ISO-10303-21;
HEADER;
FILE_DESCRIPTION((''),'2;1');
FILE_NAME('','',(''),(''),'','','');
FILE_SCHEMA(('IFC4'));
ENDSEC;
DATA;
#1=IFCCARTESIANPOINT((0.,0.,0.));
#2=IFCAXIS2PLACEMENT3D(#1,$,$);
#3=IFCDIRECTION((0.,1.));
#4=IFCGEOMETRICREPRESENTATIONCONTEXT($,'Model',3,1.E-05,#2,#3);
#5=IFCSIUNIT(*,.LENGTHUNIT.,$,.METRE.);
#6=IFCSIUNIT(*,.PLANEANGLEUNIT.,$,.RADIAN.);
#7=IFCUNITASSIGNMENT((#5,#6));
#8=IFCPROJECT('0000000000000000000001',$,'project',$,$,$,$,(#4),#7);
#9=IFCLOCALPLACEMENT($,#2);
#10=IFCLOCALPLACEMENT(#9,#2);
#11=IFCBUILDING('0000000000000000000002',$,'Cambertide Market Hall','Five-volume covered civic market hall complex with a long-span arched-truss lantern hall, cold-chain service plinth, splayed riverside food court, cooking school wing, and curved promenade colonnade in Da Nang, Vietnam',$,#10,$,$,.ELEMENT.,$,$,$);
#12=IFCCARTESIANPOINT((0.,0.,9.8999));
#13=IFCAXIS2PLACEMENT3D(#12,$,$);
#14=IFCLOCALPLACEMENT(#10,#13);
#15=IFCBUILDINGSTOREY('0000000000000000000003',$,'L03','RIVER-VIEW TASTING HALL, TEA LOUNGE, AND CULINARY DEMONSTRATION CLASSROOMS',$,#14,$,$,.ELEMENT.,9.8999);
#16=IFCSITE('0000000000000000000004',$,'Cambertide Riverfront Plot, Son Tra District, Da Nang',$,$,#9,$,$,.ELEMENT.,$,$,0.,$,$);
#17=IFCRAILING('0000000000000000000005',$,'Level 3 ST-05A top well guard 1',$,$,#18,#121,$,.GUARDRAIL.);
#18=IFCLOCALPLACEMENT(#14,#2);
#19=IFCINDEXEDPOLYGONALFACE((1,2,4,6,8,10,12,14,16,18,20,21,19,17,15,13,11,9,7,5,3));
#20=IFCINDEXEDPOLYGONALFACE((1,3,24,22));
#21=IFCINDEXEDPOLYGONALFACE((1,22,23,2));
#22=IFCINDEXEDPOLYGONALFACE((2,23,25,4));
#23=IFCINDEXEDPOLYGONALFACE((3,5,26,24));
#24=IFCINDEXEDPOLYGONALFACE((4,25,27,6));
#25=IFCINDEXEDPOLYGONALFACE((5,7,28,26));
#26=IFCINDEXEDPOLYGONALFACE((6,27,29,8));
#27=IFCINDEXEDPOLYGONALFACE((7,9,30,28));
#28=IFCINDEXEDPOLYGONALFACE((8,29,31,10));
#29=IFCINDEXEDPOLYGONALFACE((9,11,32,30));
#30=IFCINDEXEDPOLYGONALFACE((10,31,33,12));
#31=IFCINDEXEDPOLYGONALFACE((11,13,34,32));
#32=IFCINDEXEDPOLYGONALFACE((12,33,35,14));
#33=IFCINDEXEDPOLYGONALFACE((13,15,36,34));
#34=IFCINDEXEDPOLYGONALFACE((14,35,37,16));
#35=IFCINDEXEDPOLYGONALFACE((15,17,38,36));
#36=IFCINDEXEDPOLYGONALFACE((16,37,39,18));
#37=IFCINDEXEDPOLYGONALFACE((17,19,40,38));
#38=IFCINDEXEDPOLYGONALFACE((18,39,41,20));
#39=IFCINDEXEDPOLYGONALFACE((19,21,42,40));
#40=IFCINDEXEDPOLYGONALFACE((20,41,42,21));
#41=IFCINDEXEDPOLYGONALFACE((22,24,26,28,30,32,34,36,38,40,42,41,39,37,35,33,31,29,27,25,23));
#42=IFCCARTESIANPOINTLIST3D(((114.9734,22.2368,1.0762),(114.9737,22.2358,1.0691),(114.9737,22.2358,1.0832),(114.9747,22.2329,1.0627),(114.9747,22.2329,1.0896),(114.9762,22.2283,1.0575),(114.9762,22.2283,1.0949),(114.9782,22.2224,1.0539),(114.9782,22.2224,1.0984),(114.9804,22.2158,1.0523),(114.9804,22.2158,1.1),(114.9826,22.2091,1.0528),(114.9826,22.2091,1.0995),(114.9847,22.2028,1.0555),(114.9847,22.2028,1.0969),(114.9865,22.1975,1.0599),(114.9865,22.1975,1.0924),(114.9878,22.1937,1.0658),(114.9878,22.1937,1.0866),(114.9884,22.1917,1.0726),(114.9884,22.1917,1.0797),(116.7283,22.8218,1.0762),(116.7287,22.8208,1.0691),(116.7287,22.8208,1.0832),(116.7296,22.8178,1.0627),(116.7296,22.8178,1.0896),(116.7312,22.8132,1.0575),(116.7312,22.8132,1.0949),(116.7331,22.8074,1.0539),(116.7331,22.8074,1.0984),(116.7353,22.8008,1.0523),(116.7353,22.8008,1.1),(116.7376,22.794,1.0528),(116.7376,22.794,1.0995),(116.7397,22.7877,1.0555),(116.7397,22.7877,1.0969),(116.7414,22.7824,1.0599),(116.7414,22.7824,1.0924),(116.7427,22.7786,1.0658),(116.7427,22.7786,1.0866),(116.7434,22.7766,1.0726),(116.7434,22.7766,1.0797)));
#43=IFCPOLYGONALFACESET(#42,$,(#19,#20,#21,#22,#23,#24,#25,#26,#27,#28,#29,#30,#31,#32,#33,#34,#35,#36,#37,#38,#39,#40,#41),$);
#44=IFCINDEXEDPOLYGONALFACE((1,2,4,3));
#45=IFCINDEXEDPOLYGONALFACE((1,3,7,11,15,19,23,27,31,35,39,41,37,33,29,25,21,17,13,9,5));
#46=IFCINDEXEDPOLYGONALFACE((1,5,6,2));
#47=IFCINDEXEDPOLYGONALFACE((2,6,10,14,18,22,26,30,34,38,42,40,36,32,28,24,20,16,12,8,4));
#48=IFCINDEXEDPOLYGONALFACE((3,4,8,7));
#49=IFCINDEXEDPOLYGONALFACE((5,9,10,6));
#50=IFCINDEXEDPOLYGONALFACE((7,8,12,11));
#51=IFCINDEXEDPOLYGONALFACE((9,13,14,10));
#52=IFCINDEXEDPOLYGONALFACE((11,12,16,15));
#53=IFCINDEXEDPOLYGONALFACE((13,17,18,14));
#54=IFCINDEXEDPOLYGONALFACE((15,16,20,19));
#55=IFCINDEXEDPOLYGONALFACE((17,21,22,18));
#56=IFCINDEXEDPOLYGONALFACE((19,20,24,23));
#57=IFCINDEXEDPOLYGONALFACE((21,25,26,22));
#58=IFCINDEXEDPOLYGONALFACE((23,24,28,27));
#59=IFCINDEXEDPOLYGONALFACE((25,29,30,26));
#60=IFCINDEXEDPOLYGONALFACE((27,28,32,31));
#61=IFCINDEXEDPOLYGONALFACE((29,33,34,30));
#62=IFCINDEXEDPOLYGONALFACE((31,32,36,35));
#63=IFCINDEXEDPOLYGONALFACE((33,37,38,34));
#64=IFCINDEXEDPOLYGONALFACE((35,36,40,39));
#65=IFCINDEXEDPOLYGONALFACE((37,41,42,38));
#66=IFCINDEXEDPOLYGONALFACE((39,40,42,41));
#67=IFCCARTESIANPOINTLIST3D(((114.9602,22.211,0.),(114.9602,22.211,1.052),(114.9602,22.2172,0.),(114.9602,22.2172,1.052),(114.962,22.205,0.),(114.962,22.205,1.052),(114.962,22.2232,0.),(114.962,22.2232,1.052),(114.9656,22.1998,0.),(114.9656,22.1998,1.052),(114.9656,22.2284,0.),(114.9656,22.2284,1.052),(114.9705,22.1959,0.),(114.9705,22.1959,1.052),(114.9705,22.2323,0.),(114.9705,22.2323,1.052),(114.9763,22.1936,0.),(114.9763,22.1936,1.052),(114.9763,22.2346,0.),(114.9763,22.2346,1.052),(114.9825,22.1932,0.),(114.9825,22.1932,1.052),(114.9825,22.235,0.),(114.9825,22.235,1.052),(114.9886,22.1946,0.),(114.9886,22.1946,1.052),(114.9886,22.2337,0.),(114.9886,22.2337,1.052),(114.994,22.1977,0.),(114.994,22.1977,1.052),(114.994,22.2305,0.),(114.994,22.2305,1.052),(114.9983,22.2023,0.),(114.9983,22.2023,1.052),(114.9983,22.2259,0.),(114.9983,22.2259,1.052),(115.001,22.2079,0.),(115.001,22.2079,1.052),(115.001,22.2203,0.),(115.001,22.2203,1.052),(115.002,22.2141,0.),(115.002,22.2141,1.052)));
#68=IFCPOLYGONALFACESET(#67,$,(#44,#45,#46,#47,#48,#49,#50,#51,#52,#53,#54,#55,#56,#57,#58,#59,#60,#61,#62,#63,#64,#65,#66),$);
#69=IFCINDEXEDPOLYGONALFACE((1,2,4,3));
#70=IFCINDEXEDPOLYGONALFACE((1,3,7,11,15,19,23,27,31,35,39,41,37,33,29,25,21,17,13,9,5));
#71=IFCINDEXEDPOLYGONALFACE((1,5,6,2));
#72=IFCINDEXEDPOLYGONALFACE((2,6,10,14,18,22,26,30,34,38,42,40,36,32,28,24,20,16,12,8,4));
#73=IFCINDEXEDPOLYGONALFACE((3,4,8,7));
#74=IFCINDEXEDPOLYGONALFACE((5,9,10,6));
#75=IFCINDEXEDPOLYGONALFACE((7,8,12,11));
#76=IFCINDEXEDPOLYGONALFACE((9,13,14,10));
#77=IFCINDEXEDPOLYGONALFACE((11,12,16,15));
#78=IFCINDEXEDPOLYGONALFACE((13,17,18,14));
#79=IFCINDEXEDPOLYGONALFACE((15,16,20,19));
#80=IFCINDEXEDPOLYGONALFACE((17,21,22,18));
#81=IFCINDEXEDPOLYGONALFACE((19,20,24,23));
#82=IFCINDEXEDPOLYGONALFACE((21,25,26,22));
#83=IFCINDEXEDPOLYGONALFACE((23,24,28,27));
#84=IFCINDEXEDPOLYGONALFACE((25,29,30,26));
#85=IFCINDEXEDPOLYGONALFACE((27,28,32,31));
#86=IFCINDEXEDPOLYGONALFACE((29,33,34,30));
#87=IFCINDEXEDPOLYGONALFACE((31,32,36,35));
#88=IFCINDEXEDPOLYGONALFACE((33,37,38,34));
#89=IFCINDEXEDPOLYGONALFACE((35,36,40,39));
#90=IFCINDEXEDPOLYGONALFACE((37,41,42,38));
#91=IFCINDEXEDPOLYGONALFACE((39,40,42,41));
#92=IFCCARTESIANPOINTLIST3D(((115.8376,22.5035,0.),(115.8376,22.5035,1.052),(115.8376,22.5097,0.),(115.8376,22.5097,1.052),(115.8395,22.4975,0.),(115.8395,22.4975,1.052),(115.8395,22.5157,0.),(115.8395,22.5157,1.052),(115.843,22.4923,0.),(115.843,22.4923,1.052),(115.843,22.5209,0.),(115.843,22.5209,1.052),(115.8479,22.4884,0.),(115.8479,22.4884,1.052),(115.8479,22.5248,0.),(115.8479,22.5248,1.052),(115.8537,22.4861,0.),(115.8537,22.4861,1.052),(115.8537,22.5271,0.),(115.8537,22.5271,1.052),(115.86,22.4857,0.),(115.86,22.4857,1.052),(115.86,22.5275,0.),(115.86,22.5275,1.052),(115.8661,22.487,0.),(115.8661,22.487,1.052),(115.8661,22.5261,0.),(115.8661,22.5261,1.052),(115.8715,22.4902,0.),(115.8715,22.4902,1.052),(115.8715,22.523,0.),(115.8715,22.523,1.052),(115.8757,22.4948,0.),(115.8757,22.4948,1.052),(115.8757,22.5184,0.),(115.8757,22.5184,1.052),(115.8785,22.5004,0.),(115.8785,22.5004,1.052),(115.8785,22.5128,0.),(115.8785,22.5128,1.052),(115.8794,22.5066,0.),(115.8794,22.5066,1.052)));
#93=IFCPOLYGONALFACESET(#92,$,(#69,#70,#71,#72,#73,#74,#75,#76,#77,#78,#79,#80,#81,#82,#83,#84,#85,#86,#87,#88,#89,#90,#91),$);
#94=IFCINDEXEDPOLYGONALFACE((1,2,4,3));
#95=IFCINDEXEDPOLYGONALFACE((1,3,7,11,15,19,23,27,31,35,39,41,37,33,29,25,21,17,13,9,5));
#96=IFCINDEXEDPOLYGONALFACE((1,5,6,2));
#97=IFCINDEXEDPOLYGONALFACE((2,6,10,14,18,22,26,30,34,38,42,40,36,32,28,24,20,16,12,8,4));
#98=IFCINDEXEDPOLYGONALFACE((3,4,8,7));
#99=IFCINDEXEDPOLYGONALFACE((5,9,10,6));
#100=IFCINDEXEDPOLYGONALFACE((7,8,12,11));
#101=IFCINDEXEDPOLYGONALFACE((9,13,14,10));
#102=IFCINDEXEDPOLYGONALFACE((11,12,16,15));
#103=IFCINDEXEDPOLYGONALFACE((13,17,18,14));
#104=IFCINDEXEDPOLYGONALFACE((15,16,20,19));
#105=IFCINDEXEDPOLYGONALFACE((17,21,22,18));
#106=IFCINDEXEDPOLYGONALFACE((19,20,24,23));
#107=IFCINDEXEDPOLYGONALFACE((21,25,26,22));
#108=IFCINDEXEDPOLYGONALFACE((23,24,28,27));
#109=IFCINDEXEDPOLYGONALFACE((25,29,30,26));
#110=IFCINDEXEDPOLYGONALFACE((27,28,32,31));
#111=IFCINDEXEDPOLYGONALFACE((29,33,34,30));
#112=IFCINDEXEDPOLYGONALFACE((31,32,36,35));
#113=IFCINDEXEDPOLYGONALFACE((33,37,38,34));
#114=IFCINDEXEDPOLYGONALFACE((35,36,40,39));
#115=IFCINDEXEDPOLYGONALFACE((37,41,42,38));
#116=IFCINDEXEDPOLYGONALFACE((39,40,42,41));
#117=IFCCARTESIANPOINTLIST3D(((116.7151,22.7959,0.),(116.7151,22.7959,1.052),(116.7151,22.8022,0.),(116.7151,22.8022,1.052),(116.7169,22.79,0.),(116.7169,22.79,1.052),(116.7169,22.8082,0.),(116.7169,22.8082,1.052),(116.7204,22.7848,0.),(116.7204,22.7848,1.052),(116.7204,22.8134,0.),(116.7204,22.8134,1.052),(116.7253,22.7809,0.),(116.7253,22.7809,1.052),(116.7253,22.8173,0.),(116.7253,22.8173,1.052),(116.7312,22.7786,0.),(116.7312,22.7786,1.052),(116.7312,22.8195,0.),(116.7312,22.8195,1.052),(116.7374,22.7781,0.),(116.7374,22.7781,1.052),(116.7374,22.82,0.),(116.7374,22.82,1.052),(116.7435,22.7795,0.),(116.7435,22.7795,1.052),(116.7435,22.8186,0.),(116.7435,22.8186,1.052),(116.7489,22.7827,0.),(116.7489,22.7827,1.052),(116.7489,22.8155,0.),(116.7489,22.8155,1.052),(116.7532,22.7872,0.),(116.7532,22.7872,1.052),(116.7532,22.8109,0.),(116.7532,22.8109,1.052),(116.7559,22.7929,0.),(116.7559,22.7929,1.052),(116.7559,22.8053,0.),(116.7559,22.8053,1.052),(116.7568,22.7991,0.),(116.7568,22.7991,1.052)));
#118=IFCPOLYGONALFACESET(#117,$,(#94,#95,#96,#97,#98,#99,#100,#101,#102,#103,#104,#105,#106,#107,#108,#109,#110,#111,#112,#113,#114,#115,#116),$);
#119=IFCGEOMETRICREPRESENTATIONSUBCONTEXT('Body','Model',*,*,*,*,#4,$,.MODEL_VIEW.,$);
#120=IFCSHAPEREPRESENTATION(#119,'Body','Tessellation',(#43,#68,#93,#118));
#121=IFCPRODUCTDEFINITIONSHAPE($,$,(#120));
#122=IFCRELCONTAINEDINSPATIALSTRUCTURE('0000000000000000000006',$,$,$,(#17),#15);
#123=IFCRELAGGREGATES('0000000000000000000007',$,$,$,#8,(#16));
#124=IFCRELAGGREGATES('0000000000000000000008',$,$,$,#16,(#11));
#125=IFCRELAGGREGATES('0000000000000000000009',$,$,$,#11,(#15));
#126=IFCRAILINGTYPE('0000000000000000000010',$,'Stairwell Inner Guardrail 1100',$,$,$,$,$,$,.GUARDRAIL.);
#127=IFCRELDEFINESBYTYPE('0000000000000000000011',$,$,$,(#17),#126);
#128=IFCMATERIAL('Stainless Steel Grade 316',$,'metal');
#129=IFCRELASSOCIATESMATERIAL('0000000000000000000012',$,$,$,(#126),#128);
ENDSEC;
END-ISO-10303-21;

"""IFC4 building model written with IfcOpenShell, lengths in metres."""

from ifc_helpers import new_model, si_unit, direction, frame, origin, origin_2d, place, context, subcontext, project, spatial, circle, extrude, material, type_object, element, save


model = new_model("IFC4")

# Units and contexts
model_context = context("Model", 3, precision=1e-05, world=origin(), true_north=direction((0.0, 1.0)))
body_context = subcontext(model_context, "Body", "Model", "MODEL_VIEW")
ifc_project = project(units=[si_unit("LENGTHUNIT", "METRE"), si_unit("PLANEANGLEUNIT", "RADIAN")], contexts=[model_context])

# Site, building, storey
site_placement = place(None, origin())
site = spatial("IfcSite", under=ifc_project, at=site_placement, Name="Cambertide Riverfront Plot, Son Tra District, Da Nang", CompositionType="ELEMENT", RefElevation=0.0)
building_placement = place(site_placement, origin())
building = spatial("IfcBuilding", under=site, at=building_placement, Name="Cambertide Market Hall", Description="Five-volume covered civic market hall complex with a long-span arched-truss lantern hall, cold-chain service plinth, splayed riverside food court, cooking school wing, and curved promenade colonnade in Da Nang, Vietnam", CompositionType="ELEMENT")
storey_placement = place(building_placement, frame((0.0, 0.0, 9.8999)))
storey = spatial("IfcBuildingStorey", under=building, at=storey_placement, Name="L03", Description="RIVER-VIEW TASTING HALL, TEA LOUNGE, AND CULINARY DEMONSTRATION CLASSROOMS", CompositionType="ELEMENT", Elevation=9.8999)

# Railing
ifc_material_1 = material(Name="Stainless Steel Grade 316", Category="metal")
railing_type = type_object("IfcRailingType", Name="Stairwell Inner Guardrail 1100", PredefinedType="GUARDRAIL", material=ifc_material_1)
railing_placement = place(storey_placement, frame((114.981, 22.2141, 0.0)))
element("IfcRailing", 1, at=railing_placement, inside=storey, type_object=railing_type, Name="Level 3 ST-05A top well guard 1", PredefinedType="GUARDRAIL", context=body_context, shape_type="SweptSolid", body=[
    extrude(circle(Radius=0.0239, at=origin_2d()), frame((0.0, 0.0, 1.0762), z_axis=(0.948683, 0.316228, 0.0), x_axis=(-0.316228, 0.948683, 0.0)), (0.0, 0.0, 1.0), 1.8499),
    extrude(circle(Radius=0.021, at=origin_2d()), origin(), (0.0, 0.0, 1.0), 1.052),
    extrude(circle(Radius=0.021, at=origin_2d()), frame((0.8774, 0.2925, 0.0)), (0.0, 0.0, 1.0), 1.052),
    extrude(circle(Radius=0.021, at=origin_2d()), frame((1.7549, 0.585, 0.0)), (0.0, 0.0, 1.0), 1.052),
])

save(model, "model.ifc")
